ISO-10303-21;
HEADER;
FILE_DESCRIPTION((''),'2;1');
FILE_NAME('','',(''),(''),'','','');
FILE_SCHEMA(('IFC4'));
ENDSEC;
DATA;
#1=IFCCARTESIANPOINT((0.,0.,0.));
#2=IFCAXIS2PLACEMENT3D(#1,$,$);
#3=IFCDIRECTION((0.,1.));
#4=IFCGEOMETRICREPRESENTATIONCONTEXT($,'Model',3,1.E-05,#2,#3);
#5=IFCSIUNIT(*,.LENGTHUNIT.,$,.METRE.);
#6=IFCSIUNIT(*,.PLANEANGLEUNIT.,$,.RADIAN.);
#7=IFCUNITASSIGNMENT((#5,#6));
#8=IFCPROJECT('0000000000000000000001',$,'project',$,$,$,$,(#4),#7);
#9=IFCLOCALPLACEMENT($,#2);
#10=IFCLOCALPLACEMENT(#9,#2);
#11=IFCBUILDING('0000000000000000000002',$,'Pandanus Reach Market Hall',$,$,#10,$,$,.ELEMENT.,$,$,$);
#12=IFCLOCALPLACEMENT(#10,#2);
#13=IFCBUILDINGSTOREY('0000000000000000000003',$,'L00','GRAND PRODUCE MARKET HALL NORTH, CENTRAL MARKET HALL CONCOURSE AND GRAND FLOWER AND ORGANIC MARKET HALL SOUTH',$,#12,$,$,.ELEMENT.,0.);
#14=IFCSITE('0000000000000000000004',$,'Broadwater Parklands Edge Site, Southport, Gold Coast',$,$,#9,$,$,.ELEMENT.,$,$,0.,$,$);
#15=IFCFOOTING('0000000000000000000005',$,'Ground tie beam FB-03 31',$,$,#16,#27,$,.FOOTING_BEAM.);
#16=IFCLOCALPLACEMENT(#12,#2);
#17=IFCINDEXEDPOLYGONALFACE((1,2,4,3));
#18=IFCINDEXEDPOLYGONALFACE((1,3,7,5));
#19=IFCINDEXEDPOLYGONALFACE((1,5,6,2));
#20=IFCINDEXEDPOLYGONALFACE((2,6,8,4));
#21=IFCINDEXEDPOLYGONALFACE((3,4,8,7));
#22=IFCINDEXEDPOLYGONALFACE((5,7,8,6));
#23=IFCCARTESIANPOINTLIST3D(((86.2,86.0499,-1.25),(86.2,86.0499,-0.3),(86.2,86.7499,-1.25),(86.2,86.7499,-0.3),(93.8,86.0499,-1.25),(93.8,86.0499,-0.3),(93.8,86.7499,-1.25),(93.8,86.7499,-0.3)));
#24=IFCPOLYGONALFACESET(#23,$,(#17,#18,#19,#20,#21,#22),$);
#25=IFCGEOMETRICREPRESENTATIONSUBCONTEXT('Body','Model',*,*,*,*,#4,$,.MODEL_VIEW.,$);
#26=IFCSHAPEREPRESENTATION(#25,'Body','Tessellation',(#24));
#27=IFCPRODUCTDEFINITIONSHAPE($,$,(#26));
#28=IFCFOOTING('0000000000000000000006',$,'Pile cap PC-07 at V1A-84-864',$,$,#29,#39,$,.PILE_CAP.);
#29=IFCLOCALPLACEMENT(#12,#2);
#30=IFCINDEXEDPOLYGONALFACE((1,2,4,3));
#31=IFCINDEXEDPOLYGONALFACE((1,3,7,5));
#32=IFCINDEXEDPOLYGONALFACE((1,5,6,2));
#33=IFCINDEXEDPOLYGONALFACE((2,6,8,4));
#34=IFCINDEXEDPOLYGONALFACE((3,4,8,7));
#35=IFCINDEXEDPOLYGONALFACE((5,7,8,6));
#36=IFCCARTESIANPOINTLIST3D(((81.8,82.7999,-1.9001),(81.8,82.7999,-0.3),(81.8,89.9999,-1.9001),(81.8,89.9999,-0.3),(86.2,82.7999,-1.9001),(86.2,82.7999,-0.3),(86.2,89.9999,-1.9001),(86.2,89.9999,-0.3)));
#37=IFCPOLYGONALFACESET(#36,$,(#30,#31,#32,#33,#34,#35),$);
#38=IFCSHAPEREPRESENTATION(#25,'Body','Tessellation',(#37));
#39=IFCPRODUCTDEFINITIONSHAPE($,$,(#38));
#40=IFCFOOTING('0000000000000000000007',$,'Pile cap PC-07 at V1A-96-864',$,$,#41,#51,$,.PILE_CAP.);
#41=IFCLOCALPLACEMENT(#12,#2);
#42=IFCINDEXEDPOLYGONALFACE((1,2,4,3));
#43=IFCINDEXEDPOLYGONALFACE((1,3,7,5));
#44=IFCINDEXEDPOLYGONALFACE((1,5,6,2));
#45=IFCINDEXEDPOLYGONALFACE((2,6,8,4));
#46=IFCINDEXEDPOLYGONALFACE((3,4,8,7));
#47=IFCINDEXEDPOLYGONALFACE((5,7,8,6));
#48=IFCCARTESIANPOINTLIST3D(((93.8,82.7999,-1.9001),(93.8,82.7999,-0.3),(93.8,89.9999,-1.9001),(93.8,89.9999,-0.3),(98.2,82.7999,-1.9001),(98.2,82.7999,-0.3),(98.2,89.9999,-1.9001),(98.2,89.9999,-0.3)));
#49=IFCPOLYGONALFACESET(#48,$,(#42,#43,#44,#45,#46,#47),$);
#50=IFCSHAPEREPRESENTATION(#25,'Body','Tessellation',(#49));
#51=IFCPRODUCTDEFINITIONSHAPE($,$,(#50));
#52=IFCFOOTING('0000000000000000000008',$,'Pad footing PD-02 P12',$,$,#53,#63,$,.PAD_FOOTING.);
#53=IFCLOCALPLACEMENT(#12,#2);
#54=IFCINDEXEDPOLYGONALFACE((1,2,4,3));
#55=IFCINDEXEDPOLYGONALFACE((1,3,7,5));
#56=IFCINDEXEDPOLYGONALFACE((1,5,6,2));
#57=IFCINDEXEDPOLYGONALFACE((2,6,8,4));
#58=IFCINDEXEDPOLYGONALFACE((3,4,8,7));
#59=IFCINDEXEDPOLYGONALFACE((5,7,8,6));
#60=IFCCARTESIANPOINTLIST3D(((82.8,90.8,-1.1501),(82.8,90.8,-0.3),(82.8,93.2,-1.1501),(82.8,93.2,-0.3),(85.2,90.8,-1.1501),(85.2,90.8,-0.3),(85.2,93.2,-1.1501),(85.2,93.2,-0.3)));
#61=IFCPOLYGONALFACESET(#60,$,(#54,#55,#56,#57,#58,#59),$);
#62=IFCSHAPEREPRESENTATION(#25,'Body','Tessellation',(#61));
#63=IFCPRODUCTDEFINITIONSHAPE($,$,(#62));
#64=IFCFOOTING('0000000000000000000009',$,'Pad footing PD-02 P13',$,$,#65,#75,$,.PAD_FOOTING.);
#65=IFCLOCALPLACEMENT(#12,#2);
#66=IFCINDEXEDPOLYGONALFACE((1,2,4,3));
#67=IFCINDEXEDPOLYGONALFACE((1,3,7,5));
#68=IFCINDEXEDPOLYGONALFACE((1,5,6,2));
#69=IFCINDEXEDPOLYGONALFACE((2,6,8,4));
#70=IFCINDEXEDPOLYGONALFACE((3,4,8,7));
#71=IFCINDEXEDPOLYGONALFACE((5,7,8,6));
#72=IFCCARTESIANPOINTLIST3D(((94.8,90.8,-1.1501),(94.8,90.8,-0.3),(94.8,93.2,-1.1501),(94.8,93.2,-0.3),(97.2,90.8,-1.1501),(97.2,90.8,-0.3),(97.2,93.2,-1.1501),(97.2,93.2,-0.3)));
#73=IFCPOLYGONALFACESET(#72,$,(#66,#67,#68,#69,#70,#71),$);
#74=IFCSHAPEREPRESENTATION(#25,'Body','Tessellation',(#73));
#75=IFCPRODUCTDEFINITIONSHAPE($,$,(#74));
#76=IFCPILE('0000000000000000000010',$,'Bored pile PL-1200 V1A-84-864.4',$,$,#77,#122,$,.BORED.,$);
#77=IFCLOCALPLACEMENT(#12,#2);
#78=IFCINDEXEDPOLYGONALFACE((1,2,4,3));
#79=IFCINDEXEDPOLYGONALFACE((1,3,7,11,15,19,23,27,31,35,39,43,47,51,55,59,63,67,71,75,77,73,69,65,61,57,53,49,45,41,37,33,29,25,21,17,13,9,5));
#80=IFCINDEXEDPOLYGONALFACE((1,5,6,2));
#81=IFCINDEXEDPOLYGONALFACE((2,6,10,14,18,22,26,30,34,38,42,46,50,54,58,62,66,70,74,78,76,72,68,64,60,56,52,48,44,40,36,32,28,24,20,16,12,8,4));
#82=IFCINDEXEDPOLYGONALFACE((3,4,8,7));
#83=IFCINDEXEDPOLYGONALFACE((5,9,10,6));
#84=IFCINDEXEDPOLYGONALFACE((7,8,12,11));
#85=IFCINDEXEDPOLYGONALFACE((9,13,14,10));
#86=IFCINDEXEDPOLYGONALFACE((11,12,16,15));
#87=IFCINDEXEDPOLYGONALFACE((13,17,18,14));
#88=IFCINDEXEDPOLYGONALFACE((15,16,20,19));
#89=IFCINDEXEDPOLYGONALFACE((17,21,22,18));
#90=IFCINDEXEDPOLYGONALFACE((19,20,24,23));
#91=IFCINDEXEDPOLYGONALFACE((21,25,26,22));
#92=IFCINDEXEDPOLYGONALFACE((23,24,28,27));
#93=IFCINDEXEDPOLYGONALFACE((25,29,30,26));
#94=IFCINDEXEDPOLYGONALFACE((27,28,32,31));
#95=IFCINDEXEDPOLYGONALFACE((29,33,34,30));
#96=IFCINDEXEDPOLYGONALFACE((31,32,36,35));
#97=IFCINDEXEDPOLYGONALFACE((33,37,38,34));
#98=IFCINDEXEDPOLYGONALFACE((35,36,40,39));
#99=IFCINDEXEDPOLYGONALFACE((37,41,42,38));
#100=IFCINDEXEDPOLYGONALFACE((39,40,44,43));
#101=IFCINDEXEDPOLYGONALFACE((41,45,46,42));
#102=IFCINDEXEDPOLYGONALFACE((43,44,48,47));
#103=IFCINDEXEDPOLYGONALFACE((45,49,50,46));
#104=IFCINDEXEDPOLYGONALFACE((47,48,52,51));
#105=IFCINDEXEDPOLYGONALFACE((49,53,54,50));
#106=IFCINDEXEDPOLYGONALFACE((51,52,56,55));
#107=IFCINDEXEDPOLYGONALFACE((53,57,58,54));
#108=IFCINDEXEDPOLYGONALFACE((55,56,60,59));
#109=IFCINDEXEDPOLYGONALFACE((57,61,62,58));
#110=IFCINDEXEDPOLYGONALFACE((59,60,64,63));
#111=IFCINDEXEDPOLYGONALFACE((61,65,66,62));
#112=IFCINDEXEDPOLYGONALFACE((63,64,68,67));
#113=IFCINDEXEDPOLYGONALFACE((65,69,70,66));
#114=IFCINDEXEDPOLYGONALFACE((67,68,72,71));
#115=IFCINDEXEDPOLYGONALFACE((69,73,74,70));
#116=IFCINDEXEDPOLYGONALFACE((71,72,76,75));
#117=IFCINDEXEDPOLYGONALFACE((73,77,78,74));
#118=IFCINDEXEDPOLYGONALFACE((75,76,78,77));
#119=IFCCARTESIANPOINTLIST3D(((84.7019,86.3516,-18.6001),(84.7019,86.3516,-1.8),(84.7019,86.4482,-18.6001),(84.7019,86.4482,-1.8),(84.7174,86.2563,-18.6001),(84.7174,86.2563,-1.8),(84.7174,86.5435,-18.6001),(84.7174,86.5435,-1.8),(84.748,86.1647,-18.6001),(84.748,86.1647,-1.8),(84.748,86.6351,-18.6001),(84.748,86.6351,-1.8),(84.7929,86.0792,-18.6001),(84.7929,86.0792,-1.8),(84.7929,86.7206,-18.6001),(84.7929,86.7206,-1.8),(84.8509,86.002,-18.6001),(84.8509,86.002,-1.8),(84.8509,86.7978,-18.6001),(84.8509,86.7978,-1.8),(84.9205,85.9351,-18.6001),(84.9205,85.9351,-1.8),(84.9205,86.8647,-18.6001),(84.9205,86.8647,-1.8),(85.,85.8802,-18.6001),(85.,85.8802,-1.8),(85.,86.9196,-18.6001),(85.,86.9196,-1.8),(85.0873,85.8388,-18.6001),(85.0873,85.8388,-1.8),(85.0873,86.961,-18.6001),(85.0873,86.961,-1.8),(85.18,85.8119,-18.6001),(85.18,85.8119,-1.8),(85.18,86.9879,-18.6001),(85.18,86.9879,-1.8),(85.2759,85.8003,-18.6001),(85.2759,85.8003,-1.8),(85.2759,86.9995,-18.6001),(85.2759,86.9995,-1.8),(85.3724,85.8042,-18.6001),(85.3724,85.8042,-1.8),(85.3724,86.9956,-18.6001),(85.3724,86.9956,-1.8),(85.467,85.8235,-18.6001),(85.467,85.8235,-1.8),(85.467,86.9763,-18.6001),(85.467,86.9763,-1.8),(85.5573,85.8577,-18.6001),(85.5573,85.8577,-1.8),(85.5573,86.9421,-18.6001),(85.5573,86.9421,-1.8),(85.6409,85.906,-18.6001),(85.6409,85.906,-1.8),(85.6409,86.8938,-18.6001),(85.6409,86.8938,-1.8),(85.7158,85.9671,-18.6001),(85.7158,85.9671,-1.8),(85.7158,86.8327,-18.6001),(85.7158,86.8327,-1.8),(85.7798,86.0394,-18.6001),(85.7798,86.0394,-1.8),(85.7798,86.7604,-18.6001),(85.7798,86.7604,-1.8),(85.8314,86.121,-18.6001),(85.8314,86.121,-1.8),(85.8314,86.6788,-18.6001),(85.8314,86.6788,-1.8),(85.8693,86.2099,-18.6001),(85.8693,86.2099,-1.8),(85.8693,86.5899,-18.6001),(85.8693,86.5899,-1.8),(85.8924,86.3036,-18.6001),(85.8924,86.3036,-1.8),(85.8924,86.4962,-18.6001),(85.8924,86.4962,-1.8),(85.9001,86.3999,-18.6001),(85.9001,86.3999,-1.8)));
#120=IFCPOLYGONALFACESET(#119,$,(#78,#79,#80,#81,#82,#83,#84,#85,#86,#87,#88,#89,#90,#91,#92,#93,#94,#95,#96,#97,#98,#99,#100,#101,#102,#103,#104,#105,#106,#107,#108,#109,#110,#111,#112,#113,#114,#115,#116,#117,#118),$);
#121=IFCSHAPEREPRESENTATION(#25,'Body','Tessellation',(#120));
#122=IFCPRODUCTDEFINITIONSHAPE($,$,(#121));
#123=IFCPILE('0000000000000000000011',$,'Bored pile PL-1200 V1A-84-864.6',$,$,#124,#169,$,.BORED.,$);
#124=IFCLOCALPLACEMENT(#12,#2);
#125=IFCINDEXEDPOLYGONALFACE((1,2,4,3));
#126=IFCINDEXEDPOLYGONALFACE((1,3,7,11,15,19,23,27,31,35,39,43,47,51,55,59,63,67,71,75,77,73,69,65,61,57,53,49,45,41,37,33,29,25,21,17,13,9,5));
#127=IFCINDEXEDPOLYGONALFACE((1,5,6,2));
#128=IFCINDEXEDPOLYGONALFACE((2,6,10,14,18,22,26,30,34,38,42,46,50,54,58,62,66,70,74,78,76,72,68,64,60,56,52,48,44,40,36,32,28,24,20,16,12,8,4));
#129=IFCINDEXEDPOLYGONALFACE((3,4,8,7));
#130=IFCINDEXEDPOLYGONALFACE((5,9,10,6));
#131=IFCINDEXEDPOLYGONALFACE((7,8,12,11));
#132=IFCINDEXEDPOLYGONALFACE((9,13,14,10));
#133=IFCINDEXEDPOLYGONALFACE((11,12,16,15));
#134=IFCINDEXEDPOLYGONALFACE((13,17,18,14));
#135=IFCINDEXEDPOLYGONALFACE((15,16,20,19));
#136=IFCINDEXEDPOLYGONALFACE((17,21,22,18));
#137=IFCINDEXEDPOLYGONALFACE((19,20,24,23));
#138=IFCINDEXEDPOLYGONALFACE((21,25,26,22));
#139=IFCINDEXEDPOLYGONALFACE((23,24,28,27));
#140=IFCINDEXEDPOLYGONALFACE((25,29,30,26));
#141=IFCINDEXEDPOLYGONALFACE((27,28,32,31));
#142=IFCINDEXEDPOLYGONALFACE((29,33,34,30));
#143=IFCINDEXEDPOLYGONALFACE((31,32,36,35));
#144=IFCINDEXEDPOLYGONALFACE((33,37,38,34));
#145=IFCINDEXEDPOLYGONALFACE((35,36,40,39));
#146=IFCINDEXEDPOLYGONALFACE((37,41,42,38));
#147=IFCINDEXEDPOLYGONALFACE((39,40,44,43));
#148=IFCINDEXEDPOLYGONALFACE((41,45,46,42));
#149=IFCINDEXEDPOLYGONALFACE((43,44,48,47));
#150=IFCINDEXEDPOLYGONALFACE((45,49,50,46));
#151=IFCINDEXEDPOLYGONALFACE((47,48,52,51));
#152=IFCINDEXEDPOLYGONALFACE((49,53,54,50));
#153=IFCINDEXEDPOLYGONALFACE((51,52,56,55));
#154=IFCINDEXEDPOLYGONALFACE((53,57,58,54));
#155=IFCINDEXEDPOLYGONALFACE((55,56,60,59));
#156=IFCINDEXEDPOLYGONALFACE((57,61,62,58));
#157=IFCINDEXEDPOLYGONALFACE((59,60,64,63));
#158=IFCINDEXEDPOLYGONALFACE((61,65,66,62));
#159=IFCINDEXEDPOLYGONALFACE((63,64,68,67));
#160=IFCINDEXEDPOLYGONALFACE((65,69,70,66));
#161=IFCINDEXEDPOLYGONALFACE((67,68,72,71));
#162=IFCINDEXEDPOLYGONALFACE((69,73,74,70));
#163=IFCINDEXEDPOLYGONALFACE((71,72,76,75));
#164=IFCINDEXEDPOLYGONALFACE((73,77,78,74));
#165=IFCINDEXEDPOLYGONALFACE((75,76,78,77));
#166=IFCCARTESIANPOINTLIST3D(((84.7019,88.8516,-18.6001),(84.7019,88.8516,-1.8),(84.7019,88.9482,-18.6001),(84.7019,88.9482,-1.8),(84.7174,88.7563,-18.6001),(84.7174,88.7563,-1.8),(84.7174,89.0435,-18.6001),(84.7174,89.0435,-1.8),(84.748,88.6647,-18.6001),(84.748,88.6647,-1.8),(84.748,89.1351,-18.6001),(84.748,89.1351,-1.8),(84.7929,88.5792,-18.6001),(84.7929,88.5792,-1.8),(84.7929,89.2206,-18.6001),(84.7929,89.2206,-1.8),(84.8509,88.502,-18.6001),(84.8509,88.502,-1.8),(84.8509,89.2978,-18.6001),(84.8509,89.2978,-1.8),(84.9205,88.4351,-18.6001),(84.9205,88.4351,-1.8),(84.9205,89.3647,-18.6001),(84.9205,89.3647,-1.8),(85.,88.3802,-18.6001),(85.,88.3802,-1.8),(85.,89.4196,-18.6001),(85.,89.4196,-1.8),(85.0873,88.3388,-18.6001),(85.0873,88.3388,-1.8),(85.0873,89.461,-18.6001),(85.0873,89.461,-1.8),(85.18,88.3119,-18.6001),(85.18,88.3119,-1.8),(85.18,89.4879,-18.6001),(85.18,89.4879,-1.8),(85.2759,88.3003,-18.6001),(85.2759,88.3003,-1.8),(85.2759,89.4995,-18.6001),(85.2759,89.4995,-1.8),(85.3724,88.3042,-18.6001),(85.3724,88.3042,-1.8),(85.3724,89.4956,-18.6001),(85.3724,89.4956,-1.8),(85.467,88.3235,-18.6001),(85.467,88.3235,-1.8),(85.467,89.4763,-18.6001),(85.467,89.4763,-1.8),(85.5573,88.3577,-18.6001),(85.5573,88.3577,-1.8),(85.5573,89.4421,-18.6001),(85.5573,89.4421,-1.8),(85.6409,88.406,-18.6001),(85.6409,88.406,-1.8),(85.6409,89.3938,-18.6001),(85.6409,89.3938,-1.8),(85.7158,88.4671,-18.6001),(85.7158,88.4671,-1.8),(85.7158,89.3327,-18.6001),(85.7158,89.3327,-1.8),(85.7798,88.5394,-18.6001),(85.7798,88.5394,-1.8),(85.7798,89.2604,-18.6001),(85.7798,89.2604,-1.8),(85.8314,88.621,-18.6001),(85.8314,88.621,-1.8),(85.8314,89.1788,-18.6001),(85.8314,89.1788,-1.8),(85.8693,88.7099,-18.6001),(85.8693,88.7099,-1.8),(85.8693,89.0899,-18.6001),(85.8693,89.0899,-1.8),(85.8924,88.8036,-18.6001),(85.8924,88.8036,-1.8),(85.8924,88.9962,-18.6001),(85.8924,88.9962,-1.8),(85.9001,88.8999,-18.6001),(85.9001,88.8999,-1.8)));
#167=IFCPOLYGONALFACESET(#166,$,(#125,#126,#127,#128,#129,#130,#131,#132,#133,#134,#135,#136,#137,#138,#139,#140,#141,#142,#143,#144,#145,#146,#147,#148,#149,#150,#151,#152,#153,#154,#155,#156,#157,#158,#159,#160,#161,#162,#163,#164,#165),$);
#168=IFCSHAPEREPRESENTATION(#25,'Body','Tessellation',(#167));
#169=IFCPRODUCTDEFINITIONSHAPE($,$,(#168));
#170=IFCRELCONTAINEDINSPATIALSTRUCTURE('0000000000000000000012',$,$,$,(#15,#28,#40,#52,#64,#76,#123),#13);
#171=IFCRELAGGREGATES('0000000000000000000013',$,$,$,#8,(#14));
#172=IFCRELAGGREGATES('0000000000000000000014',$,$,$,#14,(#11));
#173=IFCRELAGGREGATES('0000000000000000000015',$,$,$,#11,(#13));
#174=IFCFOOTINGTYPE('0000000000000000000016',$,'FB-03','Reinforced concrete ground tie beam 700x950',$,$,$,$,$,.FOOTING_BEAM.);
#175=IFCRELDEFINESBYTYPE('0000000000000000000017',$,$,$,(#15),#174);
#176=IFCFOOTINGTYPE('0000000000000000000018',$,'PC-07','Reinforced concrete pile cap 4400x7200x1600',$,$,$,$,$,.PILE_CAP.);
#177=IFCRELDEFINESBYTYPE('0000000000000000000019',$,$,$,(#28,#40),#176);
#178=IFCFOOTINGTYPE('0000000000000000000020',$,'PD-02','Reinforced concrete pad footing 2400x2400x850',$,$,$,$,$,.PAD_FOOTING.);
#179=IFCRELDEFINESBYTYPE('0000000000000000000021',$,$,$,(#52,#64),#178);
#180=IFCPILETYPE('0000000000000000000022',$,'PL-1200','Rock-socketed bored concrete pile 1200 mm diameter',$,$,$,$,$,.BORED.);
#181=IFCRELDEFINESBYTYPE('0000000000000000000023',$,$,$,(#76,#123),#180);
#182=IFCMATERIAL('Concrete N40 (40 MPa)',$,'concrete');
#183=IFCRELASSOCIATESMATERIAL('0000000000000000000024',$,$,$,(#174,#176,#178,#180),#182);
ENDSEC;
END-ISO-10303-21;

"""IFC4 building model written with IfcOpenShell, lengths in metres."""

from ifc_helpers import new_model, si_unit, direction, frame, origin, origin_2d, place, context, subcontext, project, spatial, rectangle, circle, extrude, material, material_profile, profile_set, type_object, element, save


model = new_model("IFC4")

# Units and contexts
model_context = context("Model", 3, precision=1e-05, world=origin(), true_north=direction((0.0, 1.0)))
body_context = subcontext(model_context, "Body", "Model", "MODEL_VIEW")
ifc_project = project(units=[si_unit("LENGTHUNIT", "METRE"), si_unit("PLANEANGLEUNIT", "RADIAN")], contexts=[model_context])

# Site, building, storey
site_placement = place(None, origin())
site = spatial("IfcSite", under=ifc_project, at=site_placement, Name="Broadwater Parklands Edge Site, Southport, Gold Coast", CompositionType="ELEMENT", RefElevation=0.0)
building_placement = place(site_placement, origin())
building = spatial("IfcBuilding", under=site, at=building_placement, Name="Pandanus Reach Market Hall", CompositionType="ELEMENT")
storey_placement = place(building_placement, origin())
storey = spatial("IfcBuildingStorey", under=building, at=storey_placement, Name="L00", Description="GRAND PRODUCE MARKET HALL NORTH, CENTRAL MARKET HALL CONCOURSE AND GRAND FLOWER AND ORGANIC MARKET HALL SOUTH", CompositionType="ELEMENT", Elevation=0.0)

# Footings
ifc_material_1 = material(Name="Concrete N40 (40 MPa)", Category="concrete")
footing_type_1 = type_object("IfcFootingType", Name="FB-03", Description="Reinforced concrete ground tie beam 700x950", PredefinedType="FOOTING_BEAM", material=ifc_material_1)
footing_placement = place(storey_placement, frame((90.0, 86.3999, -1.25), z_axis=(0.0, 0.0, 1.0), x_axis=(1.0, 0.0, 0.0)))
element("IfcFooting", 1, at=footing_placement, inside=storey, type_object=footing_type_1, Name="Ground tie beam FB-03 31", PredefinedType="FOOTING_BEAM", context=body_context, shape_type="SweptSolid", body=[
    extrude(rectangle(XDim=7.6001, YDim=0.7, at=origin_2d()), origin(), (0.0, 0.0, 1.0), 0.95),
])
footing_type_2 = type_object("IfcFootingType", Name="PC-07", Description="Reinforced concrete pile cap 4400x7200x1600", PredefinedType="PILE_CAP", material=ifc_material_1)
for number, where, z_axis, x_axis, name in (
    (2, (84.0, 86.3999, -1.9001), (0.0, 0.0, 1.0), (1.0, 0.0, 0.0), "Pile cap PC-07 at V1A-84-864"),
    (3, (96.0, 86.3999, -1.9001), (0.0, 0.0, 1.0), (1.0, 0.0, 0.0), "Pile cap PC-07 at V1A-96-864"),
):
    element("IfcFooting", number, at=place(storey_placement, frame(where, z_axis=z_axis, x_axis=x_axis)), inside=storey, type_object=footing_type_2, Name=name, PredefinedType="PILE_CAP", context=body_context, shape_type="SweptSolid", body=[
        extrude(rectangle(XDim=4.3999, YDim=7.2, at=origin_2d()), origin(), (0.0, 0.0, 1.0), 1.6001),
    ])
footing_type_3 = type_object("IfcFootingType", Name="PD-02", Description="Reinforced concrete pad footing 2400x2400x850", PredefinedType="PAD_FOOTING", material=ifc_material_1)
for number, where, z_axis, x_axis, name in (
    (4, (84.0, 92.0, -1.1501), (0.0, 0.0, 1.0), (1.0, 0.0, 0.0), "Pad footing PD-02 P12"),
    (5, (96.0, 92.0, -1.1501), (0.0, 0.0, 1.0), (1.0, 0.0, 0.0), "Pad footing PD-02 P13"),
):
    element("IfcFooting", number, at=place(storey_placement, frame(where, z_axis=z_axis, x_axis=x_axis)), inside=storey, type_object=footing_type_3, Name=name, PredefinedType="PAD_FOOTING", context=body_context, shape_type="SweptSolid", body=[
        extrude(rectangle(XDim=2.3999, YDim=2.3999, at=origin_2d()), origin(), (0.0, 0.0, 1.0), 0.8501),
    ])

# Piles
ifc_material_profile_1 = material_profile(ifc_material_1, circle(Radius=0.6001, at=origin_2d()), Name="PILE-1200D", Category="LoadBearing")
ifc_profile_set_1 = profile_set([ifc_material_profile_1], Name="Concrete N40 (40 MPa)")
pile_type = type_object("IfcPileType", Name="PL-1200", Description="Rock-socketed bored concrete pile 1200 mm diameter", PredefinedType="BORED", material=ifc_profile_set_1)
for number, where, z_axis, x_axis, name in (
    (6, (85.3, 86.3999, -1.8), (0.0, 0.0, -1.0), (1.0, 0.0, 0.0), "Bored pile PL-1200 V1A-84-864.4"),
    (7, (85.3, 88.8999, -1.8), (0.0, 0.0, -1.0), (1.0, 0.0, 0.0), "Bored pile PL-1200 V1A-84-864.6"),
):
    element("IfcPile", number, at=place(storey_placement, frame(where, z_axis=z_axis, x_axis=x_axis)), inside=storey, type_object=pile_type, Name=name, PredefinedType="BORED", context=body_context, shape_type="SweptSolid", body=[
        extrude(circle(Radius=0.6001, at=origin_2d()), origin(), (0.0, 0.0, 1.0), 16.8),
    ])

save(model, "model.ifc")
